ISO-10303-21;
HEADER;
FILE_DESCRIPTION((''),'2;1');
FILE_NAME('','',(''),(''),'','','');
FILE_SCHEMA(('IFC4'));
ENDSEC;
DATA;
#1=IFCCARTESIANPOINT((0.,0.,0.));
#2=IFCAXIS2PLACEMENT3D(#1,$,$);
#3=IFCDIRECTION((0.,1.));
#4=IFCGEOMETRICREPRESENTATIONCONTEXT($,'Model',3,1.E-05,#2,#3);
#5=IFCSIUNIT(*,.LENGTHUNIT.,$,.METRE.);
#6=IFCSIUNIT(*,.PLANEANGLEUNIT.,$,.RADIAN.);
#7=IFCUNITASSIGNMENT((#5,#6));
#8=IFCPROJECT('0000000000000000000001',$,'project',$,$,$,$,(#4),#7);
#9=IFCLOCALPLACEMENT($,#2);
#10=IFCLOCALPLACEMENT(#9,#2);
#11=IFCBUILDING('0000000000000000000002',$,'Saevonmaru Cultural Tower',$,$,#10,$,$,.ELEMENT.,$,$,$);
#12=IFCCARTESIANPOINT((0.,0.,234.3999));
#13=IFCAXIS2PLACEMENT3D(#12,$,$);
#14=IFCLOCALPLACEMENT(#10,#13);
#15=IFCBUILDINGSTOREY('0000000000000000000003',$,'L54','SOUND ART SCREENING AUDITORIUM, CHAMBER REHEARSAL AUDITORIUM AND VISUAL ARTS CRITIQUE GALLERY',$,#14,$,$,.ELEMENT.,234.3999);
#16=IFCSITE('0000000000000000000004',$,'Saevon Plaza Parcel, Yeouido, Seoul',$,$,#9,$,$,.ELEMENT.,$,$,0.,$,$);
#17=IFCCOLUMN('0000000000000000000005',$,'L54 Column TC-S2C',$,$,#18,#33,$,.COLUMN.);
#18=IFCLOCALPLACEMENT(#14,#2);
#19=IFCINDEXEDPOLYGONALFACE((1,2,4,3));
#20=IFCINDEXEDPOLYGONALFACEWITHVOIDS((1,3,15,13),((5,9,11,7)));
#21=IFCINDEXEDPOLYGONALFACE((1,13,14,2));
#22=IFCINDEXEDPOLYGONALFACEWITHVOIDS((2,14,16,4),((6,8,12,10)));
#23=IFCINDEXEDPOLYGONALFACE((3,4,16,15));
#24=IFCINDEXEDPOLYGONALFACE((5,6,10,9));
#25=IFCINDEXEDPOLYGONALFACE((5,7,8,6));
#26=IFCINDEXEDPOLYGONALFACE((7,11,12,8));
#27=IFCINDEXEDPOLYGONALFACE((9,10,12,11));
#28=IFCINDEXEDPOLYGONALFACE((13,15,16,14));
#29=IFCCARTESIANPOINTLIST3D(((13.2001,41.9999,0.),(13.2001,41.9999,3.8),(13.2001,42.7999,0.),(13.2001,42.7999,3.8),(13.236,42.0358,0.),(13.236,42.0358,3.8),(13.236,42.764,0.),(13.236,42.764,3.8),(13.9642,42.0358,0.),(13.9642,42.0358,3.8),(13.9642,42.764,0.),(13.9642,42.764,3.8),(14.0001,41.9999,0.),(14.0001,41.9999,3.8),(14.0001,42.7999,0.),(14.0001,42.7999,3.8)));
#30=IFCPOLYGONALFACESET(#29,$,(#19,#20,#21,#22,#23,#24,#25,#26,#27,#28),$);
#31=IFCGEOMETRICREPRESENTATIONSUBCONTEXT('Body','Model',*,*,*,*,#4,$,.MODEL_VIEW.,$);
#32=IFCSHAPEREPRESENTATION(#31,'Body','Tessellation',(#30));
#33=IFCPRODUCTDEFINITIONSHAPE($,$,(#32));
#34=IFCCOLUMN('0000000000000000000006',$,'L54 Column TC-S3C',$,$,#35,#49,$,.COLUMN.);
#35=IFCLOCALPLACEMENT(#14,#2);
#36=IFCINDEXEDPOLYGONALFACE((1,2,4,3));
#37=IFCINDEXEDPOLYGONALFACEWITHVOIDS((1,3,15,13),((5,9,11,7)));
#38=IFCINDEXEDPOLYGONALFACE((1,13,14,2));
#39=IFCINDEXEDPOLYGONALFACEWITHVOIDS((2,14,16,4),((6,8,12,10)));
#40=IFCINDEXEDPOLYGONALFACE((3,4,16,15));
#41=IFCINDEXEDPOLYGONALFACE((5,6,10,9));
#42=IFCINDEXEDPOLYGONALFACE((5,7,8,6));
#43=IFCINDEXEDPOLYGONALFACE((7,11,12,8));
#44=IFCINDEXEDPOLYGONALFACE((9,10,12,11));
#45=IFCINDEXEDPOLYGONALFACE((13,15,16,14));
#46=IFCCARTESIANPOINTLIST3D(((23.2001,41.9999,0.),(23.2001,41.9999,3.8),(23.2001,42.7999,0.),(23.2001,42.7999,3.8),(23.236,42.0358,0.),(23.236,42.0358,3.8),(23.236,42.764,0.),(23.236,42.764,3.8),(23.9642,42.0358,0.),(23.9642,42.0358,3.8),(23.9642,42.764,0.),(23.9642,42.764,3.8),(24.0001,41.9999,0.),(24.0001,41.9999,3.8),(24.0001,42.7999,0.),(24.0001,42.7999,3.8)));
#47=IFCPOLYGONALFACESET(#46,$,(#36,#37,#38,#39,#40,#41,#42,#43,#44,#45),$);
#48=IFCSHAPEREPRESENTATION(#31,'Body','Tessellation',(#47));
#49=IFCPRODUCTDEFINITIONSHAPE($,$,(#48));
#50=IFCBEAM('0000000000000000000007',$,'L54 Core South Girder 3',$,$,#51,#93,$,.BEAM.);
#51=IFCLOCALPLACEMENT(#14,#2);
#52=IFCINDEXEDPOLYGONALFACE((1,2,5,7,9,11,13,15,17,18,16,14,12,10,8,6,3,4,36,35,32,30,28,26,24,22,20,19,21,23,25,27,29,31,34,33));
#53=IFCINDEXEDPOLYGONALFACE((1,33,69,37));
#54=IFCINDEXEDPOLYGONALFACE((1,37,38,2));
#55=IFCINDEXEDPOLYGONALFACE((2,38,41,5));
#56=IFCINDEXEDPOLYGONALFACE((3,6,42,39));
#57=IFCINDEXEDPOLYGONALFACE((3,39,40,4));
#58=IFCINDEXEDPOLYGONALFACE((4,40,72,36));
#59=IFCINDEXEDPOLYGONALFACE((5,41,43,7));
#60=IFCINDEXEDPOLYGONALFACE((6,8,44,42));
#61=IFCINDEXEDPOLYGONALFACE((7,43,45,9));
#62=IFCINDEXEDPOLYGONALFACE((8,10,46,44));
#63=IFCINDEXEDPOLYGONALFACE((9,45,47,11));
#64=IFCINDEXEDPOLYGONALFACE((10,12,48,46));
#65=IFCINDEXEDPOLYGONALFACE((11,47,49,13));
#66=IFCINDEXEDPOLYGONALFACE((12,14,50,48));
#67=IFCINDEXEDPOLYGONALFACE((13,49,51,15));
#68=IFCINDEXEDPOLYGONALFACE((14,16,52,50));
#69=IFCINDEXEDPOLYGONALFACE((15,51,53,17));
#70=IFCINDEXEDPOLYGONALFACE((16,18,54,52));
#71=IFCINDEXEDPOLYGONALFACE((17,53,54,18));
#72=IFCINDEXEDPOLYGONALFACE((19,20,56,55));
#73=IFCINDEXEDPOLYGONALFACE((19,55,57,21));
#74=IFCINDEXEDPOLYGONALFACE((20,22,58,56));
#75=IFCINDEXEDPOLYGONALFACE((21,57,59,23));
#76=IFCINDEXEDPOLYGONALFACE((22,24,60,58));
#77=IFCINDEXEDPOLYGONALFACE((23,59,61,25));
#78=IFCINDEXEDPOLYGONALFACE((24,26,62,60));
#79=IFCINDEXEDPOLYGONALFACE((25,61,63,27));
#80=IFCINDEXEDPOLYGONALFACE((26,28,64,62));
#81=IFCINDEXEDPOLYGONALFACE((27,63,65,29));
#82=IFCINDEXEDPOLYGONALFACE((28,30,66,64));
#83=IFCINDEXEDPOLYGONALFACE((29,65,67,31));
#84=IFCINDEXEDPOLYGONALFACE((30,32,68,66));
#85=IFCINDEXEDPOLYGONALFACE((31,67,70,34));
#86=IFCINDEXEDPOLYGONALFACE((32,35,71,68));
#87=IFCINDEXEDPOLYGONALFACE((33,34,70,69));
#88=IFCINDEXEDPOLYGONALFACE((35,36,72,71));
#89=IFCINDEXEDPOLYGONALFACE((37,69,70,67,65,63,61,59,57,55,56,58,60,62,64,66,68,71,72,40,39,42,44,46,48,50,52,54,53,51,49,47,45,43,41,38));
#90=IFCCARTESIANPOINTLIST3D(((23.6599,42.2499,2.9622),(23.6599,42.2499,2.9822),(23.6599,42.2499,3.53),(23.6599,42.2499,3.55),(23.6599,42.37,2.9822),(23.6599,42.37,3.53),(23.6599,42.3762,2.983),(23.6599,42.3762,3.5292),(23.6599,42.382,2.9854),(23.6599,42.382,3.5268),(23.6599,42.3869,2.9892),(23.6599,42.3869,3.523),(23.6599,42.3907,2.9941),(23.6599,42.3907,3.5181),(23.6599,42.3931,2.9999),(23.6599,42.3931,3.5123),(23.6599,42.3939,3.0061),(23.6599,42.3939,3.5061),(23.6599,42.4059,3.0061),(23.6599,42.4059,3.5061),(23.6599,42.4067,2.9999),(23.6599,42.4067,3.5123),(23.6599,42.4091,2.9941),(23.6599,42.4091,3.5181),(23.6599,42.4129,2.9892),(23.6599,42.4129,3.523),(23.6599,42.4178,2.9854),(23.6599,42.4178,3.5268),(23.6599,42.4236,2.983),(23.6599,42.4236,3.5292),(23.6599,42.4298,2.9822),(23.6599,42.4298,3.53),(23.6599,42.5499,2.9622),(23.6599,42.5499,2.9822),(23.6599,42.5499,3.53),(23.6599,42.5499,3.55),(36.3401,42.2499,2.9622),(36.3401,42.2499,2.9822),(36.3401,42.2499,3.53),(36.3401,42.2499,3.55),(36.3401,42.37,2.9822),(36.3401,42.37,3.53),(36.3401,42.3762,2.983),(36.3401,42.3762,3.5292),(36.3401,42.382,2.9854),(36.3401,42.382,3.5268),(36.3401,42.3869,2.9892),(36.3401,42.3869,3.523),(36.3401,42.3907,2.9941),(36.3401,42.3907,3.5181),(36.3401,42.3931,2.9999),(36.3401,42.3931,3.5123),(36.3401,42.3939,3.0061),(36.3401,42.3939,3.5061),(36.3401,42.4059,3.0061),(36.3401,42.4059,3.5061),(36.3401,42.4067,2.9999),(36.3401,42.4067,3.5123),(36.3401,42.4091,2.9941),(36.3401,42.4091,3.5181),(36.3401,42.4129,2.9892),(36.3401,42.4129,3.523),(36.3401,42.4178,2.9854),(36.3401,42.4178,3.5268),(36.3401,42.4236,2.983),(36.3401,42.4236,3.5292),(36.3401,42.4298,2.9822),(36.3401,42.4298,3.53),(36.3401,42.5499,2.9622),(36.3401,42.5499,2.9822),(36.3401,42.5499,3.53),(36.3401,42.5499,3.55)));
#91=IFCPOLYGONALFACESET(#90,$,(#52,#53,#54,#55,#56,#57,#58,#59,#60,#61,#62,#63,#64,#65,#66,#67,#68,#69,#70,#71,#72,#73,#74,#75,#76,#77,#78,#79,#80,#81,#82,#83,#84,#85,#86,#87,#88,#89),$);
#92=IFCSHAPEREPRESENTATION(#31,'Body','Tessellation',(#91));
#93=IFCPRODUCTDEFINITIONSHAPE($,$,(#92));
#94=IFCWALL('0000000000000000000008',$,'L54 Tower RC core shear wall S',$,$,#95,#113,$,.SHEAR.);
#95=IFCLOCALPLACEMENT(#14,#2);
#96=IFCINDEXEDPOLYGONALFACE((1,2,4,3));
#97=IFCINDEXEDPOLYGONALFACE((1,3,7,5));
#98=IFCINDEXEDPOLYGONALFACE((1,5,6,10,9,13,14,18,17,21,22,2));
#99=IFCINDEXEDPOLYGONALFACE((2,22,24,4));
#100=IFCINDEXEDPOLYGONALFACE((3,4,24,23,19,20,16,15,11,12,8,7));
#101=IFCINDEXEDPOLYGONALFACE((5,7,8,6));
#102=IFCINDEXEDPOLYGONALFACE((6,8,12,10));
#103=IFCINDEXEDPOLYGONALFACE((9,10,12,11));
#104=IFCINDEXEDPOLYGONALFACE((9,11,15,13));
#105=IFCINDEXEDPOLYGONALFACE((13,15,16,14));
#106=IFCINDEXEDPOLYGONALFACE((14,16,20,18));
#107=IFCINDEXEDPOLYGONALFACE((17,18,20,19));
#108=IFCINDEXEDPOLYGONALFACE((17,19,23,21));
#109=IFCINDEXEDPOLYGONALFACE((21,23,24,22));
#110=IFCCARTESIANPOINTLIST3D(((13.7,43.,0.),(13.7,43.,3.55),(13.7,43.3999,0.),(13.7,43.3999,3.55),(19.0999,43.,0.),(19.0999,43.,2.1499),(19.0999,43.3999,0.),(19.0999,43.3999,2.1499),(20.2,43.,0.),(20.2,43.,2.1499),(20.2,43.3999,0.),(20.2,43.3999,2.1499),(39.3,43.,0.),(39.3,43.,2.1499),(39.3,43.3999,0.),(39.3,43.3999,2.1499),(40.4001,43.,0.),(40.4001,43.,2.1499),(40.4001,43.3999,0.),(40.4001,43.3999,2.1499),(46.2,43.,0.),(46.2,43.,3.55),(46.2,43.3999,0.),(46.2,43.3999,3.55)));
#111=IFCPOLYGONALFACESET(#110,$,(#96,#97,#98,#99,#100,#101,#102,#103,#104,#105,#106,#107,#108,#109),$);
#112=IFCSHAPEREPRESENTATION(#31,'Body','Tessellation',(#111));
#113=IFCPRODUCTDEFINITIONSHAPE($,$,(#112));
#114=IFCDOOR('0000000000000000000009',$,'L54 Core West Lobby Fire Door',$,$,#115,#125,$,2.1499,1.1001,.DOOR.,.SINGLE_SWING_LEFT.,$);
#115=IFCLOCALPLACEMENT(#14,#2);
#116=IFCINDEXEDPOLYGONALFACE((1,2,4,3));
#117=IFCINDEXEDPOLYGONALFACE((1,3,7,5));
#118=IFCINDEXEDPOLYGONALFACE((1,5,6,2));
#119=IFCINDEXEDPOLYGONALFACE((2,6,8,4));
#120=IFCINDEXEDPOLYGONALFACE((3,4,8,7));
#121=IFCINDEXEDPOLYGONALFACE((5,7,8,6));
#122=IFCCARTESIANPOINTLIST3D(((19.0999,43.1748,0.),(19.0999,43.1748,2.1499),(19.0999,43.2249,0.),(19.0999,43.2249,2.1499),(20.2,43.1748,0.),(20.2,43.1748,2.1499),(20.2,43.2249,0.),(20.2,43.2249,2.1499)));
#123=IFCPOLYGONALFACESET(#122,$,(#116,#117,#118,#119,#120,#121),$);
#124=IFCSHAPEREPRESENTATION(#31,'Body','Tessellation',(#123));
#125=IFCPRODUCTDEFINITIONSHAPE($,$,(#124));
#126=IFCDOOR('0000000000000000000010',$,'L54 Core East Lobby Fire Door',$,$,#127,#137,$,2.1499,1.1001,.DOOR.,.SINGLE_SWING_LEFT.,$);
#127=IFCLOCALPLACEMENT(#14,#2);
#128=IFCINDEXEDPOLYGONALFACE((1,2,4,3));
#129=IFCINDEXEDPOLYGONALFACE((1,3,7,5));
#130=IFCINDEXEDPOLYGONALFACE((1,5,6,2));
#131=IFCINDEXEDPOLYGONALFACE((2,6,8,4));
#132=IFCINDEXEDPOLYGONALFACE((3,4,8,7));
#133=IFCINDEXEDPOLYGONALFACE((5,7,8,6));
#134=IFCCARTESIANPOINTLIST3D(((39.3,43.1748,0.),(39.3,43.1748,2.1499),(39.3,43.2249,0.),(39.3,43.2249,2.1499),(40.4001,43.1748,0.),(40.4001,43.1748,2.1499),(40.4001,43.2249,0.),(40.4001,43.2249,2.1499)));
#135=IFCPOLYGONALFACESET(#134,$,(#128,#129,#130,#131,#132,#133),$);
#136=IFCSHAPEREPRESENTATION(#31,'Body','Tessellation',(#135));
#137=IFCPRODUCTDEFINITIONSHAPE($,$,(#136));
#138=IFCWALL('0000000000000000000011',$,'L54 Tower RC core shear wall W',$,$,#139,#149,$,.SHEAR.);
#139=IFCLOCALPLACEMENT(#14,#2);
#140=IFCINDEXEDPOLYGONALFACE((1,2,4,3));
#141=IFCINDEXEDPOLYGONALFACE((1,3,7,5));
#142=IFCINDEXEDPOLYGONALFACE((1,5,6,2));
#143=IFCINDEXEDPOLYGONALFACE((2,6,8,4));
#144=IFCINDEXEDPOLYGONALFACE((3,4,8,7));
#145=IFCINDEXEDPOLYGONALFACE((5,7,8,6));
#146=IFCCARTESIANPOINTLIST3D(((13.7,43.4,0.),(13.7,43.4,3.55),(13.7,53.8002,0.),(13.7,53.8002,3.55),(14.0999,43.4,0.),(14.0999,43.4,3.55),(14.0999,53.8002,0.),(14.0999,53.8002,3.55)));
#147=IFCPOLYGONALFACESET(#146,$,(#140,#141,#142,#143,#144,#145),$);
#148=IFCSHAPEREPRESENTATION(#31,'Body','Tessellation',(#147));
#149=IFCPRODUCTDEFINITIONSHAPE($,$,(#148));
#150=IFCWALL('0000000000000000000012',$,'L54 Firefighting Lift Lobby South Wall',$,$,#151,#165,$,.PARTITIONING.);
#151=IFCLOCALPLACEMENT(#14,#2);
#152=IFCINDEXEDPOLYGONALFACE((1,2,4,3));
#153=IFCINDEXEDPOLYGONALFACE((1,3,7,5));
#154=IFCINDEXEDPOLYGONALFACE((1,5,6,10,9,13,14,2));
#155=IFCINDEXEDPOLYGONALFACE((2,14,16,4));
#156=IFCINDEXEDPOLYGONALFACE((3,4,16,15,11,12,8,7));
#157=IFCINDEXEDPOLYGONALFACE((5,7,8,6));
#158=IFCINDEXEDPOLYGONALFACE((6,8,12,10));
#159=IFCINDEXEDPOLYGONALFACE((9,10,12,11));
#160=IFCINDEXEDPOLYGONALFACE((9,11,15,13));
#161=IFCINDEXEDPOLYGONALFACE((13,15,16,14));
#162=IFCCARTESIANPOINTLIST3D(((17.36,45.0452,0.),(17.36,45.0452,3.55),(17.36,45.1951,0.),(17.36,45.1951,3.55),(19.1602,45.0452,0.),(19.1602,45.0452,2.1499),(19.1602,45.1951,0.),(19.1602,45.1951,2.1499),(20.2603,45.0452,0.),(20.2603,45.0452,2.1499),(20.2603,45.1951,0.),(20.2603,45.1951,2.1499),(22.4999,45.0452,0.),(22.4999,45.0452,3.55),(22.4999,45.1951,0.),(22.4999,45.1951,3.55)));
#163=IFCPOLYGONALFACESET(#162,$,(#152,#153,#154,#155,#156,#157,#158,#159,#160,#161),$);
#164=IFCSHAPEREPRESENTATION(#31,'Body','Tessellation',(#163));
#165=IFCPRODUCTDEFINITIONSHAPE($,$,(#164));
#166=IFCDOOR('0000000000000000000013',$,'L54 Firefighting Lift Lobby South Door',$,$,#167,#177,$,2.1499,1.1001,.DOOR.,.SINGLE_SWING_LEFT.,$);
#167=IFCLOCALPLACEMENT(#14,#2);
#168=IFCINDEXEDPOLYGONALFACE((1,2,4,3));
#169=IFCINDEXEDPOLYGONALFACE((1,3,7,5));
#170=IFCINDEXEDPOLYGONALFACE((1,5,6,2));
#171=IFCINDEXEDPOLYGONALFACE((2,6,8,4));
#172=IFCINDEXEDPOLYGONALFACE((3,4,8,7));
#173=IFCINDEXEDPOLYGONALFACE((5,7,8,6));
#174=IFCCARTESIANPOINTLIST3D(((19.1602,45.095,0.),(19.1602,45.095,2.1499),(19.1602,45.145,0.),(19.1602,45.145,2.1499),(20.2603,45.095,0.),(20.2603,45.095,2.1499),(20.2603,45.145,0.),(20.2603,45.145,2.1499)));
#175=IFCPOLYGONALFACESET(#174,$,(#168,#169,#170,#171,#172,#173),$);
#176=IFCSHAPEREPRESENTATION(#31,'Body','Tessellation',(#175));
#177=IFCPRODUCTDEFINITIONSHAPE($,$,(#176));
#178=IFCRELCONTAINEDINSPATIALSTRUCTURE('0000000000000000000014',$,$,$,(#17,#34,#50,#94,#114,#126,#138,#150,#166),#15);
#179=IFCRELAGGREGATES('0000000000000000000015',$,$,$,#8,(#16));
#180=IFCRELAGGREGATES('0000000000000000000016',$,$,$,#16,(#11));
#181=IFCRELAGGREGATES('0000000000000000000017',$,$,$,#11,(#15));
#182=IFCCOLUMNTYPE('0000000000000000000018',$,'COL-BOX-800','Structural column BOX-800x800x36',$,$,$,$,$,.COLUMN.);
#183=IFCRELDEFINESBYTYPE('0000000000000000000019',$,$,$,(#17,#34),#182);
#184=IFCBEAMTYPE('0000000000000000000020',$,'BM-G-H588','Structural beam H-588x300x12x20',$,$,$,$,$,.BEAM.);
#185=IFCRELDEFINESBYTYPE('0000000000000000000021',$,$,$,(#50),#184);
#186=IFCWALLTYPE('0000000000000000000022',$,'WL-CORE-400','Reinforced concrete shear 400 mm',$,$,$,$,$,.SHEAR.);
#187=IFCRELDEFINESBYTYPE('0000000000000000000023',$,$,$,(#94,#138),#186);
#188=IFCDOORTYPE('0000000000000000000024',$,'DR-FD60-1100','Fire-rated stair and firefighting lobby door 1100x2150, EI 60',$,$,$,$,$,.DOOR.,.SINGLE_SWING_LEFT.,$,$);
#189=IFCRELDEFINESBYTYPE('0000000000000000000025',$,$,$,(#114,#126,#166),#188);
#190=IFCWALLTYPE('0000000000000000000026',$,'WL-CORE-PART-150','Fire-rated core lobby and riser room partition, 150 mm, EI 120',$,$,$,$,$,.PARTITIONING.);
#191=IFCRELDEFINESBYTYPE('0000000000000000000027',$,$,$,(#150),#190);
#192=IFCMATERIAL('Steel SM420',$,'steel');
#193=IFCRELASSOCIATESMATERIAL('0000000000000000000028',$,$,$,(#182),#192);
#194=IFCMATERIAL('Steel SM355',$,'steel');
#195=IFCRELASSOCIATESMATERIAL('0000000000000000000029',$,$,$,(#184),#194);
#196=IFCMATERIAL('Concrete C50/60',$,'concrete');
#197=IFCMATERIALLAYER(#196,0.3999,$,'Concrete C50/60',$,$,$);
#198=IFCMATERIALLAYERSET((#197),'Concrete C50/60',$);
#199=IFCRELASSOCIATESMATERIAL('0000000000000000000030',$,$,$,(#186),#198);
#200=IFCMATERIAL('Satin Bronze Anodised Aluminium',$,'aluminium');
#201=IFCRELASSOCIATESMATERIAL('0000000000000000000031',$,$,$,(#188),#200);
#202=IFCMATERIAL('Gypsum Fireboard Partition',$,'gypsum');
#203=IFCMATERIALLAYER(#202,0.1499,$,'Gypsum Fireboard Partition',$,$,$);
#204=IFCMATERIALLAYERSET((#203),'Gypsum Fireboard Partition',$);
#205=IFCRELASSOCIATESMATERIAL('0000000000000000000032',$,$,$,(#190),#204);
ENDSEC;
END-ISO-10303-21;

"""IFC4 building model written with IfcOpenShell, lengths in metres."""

from ifc_helpers import new_model, si_unit, direction, frame, frame_2d, origin, origin_2d, place, context, subcontext, project, spatial, rectangle, hollow_rectangle, i_section, extrude, material, layer, layer_set, material_profile, profile_set, type_object, element, fill, save


model = new_model("IFC4")

# Units and contexts
model_context = context("Model", 3, precision=1e-05, world=origin(), true_north=direction((0.0, 1.0)))
body_context = subcontext(model_context, "Body", "Model", "MODEL_VIEW")
ifc_project = project(units=[si_unit("LENGTHUNIT", "METRE"), si_unit("PLANEANGLEUNIT", "RADIAN")], contexts=[model_context])

# Site, building, storey
site_placement = place(None, origin())
site = spatial("IfcSite", under=ifc_project, at=site_placement, Name="Saevon Plaza Parcel, Yeouido, Seoul", CompositionType="ELEMENT", RefElevation=0.0)
building_placement = place(site_placement, origin())
building = spatial("IfcBuilding", under=site, at=building_placement, Name="Saevonmaru Cultural Tower", CompositionType="ELEMENT")
storey_placement = place(building_placement, frame((0.0, 0.0, 234.3999)))
storey = spatial("IfcBuildingStorey", under=building, at=storey_placement, Name="L54", Description="SOUND ART SCREENING AUDITORIUM, CHAMBER REHEARSAL AUDITORIUM AND VISUAL ARTS CRITIQUE GALLERY", CompositionType="ELEMENT", Elevation=234.3999)

# Columns
ifc_material_1 = material(Name="Steel SM420", Category="steel")
ifc_material_profile_1 = material_profile(ifc_material_1, hollow_rectangle(XDim=0.8, YDim=0.8, WallThickness=0.0359, at=origin_2d()), Name="BOX-800x800x36")
ifc_profile_set_1 = profile_set([ifc_material_profile_1], Name="Steel SM420")
column_type = type_object("IfcColumnType", Name="COL-BOX-800", Description="Structural column BOX-800x800x36", PredefinedType="COLUMN", material=ifc_profile_set_1)
for number, where, z_axis, x_axis, name in (
    (1, (13.6001, 42.3999, 0.0), (0.0, 0.0, 1.0), (1.0, 0.0, 0.0), "L54 Column TC-S2C"),
    (2, (23.6001, 42.3999, 0.0), (0.0, 0.0, 1.0), (1.0, 0.0, 0.0), "L54 Column TC-S3C"),
):
    element("IfcColumn", number, at=place(storey_placement, frame(where, z_axis=z_axis, x_axis=x_axis)), inside=storey, type_object=column_type, Name=name, PredefinedType="COLUMN", context=body_context, shape_type="SweptSolid", body=[
        extrude(hollow_rectangle(XDim=0.8, YDim=0.8, WallThickness=0.0359, at=origin_2d()), origin(), (0.0, 0.0, 1.0), 3.8),
    ])

# Beam
ifc_material_2 = material(Name="Steel SM355", Category="steel")
ifc_material_profile_2 = material_profile(ifc_material_2, i_section(OverallWidth=0.3, OverallDepth=0.5879, WebThickness=0.012, FlangeThickness=0.02, FilletRadius=0.0239, at=origin_2d()), Name="H-588x300x12x20")
ifc_profile_set_2 = profile_set([ifc_material_profile_2], Name="Steel SM355")
beam_type = type_object("IfcBeamType", Name="BM-G-H588", Description="Structural beam H-588x300x12x20", PredefinedType="BEAM", material=ifc_profile_set_2)
beam_placement = place(storey_placement, frame((23.6599, 42.3999, 3.2561), z_axis=(1.0, 0.0, 0.0), x_axis=(0.0, 1.0, 0.0)))
element("IfcBeam", 3, at=beam_placement, inside=storey, type_object=beam_type, Name="L54 Core South Girder 3", PredefinedType="BEAM", context=body_context, shape_type="SweptSolid", body=[
    extrude(i_section(OverallWidth=0.3, OverallDepth=0.5879, WebThickness=0.012, FlangeThickness=0.02, FilletRadius=0.0239, at=origin_2d()), origin(), (0.0, 0.0, 1.0), 12.6802),
])

# Wall, openings, doors
ifc_material_3 = material(Name="Concrete C50/60", Category="concrete")
ifc_layer_1 = layer(ifc_material_3, 0.3999, Name="Concrete C50/60")
ifc_layer_set_1 = layer_set([ifc_layer_1], Name="Concrete C50/60")
wall_type_1 = type_object("IfcWallType", Name="WL-CORE-400", Description="Reinforced concrete shear 400 mm", PredefinedType="SHEAR", material=ifc_layer_set_1)
wall_1_placement = place(storey_placement, frame((13.7, 43.2, 0.0), z_axis=(0.0, 0.0, 1.0), x_axis=(1.0, 0.0, 0.0)))
wall_1 = element("IfcWall", 4, at=wall_1_placement, inside=storey, type_object=wall_type_1, Name="L54 Tower RC core shear wall S", PredefinedType="SHEAR", context=body_context, shape_type="SweptSolid", body=[
    extrude(rectangle(XDim=32.5, YDim=0.3999, at=frame_2d((16.25, 0.0))), origin(), (0.0, 0.0, 1.0), 3.55),
])
opening_1_placement = place(wall_1_placement, frame((5.3999, 0.0, 0.0)))
opening_1 = element("IfcOpeningElement", 5, at=opening_1_placement, cuts=wall_1, PredefinedType="OPENING", context=body_context, shape_type="SweptSolid", body=[
    extrude(rectangle(XDim=1.1001, YDim=2.1499, at=frame_2d((0.55, 1.075))), frame((0.0, 0.21, 0.0), z_axis=(0.0, -1.0, 0.0), x_axis=(1.0, 0.0, 0.0)), (0.0, 0.0, 1.0), 0.4199),
])
opening_2_placement = place(wall_1_placement, frame((25.6001, 0.0, 0.0)))
opening_2 = element("IfcOpeningElement", 6, at=opening_2_placement, cuts=wall_1, PredefinedType="OPENING", context=body_context, shape_type="SweptSolid", body=[
    extrude(rectangle(XDim=1.1001, YDim=2.1499, at=frame_2d((0.55, 1.075))), frame((0.0, 0.21, 0.0), z_axis=(0.0, -1.0, 0.0), x_axis=(1.0, 0.0, 0.0)), (0.0, 0.0, 1.0), 0.4199),
])
ifc_material_4 = material(Name="Satin Bronze Anodised Aluminium", Category="aluminium")
door_type_1 = type_object("IfcDoorType", Name="DR-FD60-1100", Description="Fire-rated stair and firefighting lobby door 1100x2150, EI 60", OperationType="SINGLE_SWING_LEFT", PredefinedType="DOOR", material=ifc_material_4)
door_1_placement = place(opening_1_placement, origin())
door_1 = element("IfcDoor", 7, at=door_1_placement, inside=storey, type_object=door_type_1, Name="L54 Core West Lobby Fire Door", OperationType="SINGLE_SWING_LEFT", OverallHeight=2.1499, OverallWidth=1.1001, PredefinedType="DOOR", context=body_context, shape_type="SweptSolid", body=[
    extrude(rectangle(XDim=1.1001, YDim=2.1499, at=frame_2d((0.55, 1.075))), frame((0.0, 0.0249, 0.0), z_axis=(0.0, -1.0, 0.0), x_axis=(1.0, 0.0, 0.0)), (0.0, 0.0, 1.0), 0.05),
])
fill(opening_1, door_1)
door_2_placement = place(opening_2_placement, origin())
door_2 = element("IfcDoor", 8, at=door_2_placement, inside=storey, type_object=door_type_1, Name="L54 Core East Lobby Fire Door", OperationType="SINGLE_SWING_LEFT", OverallHeight=2.1499, OverallWidth=1.1001, PredefinedType="DOOR", context=body_context, shape_type="SweptSolid", body=[
    extrude(rectangle(XDim=1.1001, YDim=2.1499, at=frame_2d((0.55, 1.075))), frame((0.0, 0.0249, 0.0), z_axis=(0.0, -1.0, 0.0), x_axis=(1.0, 0.0, 0.0)), (0.0, 0.0, 1.0), 0.05),
])
fill(opening_2, door_2)

# Wall
wall_2_placement = place(storey_placement, frame((13.8999, 43.3999, 0.0), z_axis=(0.0, 0.0, 1.0), x_axis=(0.0, 1.0, 0.0)))
element("IfcWall", 9, at=wall_2_placement, inside=storey, type_object=wall_type_1, Name="L54 Tower RC core shear wall W", PredefinedType="SHEAR", context=body_context, shape_type="SweptSolid", body=[
    extrude(rectangle(XDim=10.4001, YDim=0.3999, at=frame_2d((5.2002, 0.0))), origin(), (0.0, 0.0, 1.0), 3.55),
])

# Wall, opening, door
ifc_material_5 = material(Name="Gypsum Fireboard Partition", Category="gypsum")
ifc_layer_2 = layer(ifc_material_5, 0.1499, Name="Gypsum Fireboard Partition")
ifc_layer_set_2 = layer_set([ifc_layer_2], Name="Gypsum Fireboard Partition")
wall_type_2 = type_object("IfcWallType", Name="WL-CORE-PART-150", Description="Fire-rated core lobby and riser room partition, 150 mm, EI 120", PredefinedType="PARTITIONING", material=ifc_layer_set_2)
wall_3_placement = place(storey_placement, frame((17.3601, 45.1201, 0.0), z_axis=(0.0, 0.0, 1.0), x_axis=(1.0, 0.0, 0.0)))
wall_3 = element("IfcWall", 10, at=wall_3_placement, inside=storey, type_object=wall_type_2, Name="L54 Firefighting Lift Lobby South Wall", PredefinedType="PARTITIONING", context=body_context, shape_type="SweptSolid", body=[
    extrude(rectangle(XDim=5.1399, YDim=0.1499, at=frame_2d((2.5698, 0.0))), origin(), (0.0, 0.0, 1.0), 3.55),
])
opening_3_placement = place(wall_3_placement, frame((1.8, 0.0, 0.0)))
opening_3 = element("IfcOpeningElement", 11, at=opening_3_placement, cuts=wall_3, PredefinedType="OPENING", context=body_context, shape_type="SweptSolid", body=[
    extrude(rectangle(XDim=1.1001, YDim=2.1499, at=frame_2d((0.55, 1.075))), frame((0.0, 0.085, 0.0), z_axis=(0.0, -1.0, 0.0), x_axis=(1.0, 0.0, 0.0)), (0.0, 0.0, 1.0), 0.1699),
])
door_3_placement = place(opening_3_placement, origin())
door_3 = element("IfcDoor", 12, at=door_3_placement, inside=storey, type_object=door_type_1, Name="L54 Firefighting Lift Lobby South Door", OperationType="SINGLE_SWING_LEFT", OverallHeight=2.1499, OverallWidth=1.1001, PredefinedType="DOOR", context=body_context, shape_type="SweptSolid", body=[
    extrude(rectangle(XDim=1.1001, YDim=2.1499, at=frame_2d((0.55, 1.075))), frame((0.0, 0.0249, 0.0), z_axis=(0.0, -1.0, 0.0), x_axis=(1.0, 0.0, 0.0)), (0.0, 0.0, 1.0), 0.05),
])
fill(opening_3, door_3)

save(model, "model.ifc")
